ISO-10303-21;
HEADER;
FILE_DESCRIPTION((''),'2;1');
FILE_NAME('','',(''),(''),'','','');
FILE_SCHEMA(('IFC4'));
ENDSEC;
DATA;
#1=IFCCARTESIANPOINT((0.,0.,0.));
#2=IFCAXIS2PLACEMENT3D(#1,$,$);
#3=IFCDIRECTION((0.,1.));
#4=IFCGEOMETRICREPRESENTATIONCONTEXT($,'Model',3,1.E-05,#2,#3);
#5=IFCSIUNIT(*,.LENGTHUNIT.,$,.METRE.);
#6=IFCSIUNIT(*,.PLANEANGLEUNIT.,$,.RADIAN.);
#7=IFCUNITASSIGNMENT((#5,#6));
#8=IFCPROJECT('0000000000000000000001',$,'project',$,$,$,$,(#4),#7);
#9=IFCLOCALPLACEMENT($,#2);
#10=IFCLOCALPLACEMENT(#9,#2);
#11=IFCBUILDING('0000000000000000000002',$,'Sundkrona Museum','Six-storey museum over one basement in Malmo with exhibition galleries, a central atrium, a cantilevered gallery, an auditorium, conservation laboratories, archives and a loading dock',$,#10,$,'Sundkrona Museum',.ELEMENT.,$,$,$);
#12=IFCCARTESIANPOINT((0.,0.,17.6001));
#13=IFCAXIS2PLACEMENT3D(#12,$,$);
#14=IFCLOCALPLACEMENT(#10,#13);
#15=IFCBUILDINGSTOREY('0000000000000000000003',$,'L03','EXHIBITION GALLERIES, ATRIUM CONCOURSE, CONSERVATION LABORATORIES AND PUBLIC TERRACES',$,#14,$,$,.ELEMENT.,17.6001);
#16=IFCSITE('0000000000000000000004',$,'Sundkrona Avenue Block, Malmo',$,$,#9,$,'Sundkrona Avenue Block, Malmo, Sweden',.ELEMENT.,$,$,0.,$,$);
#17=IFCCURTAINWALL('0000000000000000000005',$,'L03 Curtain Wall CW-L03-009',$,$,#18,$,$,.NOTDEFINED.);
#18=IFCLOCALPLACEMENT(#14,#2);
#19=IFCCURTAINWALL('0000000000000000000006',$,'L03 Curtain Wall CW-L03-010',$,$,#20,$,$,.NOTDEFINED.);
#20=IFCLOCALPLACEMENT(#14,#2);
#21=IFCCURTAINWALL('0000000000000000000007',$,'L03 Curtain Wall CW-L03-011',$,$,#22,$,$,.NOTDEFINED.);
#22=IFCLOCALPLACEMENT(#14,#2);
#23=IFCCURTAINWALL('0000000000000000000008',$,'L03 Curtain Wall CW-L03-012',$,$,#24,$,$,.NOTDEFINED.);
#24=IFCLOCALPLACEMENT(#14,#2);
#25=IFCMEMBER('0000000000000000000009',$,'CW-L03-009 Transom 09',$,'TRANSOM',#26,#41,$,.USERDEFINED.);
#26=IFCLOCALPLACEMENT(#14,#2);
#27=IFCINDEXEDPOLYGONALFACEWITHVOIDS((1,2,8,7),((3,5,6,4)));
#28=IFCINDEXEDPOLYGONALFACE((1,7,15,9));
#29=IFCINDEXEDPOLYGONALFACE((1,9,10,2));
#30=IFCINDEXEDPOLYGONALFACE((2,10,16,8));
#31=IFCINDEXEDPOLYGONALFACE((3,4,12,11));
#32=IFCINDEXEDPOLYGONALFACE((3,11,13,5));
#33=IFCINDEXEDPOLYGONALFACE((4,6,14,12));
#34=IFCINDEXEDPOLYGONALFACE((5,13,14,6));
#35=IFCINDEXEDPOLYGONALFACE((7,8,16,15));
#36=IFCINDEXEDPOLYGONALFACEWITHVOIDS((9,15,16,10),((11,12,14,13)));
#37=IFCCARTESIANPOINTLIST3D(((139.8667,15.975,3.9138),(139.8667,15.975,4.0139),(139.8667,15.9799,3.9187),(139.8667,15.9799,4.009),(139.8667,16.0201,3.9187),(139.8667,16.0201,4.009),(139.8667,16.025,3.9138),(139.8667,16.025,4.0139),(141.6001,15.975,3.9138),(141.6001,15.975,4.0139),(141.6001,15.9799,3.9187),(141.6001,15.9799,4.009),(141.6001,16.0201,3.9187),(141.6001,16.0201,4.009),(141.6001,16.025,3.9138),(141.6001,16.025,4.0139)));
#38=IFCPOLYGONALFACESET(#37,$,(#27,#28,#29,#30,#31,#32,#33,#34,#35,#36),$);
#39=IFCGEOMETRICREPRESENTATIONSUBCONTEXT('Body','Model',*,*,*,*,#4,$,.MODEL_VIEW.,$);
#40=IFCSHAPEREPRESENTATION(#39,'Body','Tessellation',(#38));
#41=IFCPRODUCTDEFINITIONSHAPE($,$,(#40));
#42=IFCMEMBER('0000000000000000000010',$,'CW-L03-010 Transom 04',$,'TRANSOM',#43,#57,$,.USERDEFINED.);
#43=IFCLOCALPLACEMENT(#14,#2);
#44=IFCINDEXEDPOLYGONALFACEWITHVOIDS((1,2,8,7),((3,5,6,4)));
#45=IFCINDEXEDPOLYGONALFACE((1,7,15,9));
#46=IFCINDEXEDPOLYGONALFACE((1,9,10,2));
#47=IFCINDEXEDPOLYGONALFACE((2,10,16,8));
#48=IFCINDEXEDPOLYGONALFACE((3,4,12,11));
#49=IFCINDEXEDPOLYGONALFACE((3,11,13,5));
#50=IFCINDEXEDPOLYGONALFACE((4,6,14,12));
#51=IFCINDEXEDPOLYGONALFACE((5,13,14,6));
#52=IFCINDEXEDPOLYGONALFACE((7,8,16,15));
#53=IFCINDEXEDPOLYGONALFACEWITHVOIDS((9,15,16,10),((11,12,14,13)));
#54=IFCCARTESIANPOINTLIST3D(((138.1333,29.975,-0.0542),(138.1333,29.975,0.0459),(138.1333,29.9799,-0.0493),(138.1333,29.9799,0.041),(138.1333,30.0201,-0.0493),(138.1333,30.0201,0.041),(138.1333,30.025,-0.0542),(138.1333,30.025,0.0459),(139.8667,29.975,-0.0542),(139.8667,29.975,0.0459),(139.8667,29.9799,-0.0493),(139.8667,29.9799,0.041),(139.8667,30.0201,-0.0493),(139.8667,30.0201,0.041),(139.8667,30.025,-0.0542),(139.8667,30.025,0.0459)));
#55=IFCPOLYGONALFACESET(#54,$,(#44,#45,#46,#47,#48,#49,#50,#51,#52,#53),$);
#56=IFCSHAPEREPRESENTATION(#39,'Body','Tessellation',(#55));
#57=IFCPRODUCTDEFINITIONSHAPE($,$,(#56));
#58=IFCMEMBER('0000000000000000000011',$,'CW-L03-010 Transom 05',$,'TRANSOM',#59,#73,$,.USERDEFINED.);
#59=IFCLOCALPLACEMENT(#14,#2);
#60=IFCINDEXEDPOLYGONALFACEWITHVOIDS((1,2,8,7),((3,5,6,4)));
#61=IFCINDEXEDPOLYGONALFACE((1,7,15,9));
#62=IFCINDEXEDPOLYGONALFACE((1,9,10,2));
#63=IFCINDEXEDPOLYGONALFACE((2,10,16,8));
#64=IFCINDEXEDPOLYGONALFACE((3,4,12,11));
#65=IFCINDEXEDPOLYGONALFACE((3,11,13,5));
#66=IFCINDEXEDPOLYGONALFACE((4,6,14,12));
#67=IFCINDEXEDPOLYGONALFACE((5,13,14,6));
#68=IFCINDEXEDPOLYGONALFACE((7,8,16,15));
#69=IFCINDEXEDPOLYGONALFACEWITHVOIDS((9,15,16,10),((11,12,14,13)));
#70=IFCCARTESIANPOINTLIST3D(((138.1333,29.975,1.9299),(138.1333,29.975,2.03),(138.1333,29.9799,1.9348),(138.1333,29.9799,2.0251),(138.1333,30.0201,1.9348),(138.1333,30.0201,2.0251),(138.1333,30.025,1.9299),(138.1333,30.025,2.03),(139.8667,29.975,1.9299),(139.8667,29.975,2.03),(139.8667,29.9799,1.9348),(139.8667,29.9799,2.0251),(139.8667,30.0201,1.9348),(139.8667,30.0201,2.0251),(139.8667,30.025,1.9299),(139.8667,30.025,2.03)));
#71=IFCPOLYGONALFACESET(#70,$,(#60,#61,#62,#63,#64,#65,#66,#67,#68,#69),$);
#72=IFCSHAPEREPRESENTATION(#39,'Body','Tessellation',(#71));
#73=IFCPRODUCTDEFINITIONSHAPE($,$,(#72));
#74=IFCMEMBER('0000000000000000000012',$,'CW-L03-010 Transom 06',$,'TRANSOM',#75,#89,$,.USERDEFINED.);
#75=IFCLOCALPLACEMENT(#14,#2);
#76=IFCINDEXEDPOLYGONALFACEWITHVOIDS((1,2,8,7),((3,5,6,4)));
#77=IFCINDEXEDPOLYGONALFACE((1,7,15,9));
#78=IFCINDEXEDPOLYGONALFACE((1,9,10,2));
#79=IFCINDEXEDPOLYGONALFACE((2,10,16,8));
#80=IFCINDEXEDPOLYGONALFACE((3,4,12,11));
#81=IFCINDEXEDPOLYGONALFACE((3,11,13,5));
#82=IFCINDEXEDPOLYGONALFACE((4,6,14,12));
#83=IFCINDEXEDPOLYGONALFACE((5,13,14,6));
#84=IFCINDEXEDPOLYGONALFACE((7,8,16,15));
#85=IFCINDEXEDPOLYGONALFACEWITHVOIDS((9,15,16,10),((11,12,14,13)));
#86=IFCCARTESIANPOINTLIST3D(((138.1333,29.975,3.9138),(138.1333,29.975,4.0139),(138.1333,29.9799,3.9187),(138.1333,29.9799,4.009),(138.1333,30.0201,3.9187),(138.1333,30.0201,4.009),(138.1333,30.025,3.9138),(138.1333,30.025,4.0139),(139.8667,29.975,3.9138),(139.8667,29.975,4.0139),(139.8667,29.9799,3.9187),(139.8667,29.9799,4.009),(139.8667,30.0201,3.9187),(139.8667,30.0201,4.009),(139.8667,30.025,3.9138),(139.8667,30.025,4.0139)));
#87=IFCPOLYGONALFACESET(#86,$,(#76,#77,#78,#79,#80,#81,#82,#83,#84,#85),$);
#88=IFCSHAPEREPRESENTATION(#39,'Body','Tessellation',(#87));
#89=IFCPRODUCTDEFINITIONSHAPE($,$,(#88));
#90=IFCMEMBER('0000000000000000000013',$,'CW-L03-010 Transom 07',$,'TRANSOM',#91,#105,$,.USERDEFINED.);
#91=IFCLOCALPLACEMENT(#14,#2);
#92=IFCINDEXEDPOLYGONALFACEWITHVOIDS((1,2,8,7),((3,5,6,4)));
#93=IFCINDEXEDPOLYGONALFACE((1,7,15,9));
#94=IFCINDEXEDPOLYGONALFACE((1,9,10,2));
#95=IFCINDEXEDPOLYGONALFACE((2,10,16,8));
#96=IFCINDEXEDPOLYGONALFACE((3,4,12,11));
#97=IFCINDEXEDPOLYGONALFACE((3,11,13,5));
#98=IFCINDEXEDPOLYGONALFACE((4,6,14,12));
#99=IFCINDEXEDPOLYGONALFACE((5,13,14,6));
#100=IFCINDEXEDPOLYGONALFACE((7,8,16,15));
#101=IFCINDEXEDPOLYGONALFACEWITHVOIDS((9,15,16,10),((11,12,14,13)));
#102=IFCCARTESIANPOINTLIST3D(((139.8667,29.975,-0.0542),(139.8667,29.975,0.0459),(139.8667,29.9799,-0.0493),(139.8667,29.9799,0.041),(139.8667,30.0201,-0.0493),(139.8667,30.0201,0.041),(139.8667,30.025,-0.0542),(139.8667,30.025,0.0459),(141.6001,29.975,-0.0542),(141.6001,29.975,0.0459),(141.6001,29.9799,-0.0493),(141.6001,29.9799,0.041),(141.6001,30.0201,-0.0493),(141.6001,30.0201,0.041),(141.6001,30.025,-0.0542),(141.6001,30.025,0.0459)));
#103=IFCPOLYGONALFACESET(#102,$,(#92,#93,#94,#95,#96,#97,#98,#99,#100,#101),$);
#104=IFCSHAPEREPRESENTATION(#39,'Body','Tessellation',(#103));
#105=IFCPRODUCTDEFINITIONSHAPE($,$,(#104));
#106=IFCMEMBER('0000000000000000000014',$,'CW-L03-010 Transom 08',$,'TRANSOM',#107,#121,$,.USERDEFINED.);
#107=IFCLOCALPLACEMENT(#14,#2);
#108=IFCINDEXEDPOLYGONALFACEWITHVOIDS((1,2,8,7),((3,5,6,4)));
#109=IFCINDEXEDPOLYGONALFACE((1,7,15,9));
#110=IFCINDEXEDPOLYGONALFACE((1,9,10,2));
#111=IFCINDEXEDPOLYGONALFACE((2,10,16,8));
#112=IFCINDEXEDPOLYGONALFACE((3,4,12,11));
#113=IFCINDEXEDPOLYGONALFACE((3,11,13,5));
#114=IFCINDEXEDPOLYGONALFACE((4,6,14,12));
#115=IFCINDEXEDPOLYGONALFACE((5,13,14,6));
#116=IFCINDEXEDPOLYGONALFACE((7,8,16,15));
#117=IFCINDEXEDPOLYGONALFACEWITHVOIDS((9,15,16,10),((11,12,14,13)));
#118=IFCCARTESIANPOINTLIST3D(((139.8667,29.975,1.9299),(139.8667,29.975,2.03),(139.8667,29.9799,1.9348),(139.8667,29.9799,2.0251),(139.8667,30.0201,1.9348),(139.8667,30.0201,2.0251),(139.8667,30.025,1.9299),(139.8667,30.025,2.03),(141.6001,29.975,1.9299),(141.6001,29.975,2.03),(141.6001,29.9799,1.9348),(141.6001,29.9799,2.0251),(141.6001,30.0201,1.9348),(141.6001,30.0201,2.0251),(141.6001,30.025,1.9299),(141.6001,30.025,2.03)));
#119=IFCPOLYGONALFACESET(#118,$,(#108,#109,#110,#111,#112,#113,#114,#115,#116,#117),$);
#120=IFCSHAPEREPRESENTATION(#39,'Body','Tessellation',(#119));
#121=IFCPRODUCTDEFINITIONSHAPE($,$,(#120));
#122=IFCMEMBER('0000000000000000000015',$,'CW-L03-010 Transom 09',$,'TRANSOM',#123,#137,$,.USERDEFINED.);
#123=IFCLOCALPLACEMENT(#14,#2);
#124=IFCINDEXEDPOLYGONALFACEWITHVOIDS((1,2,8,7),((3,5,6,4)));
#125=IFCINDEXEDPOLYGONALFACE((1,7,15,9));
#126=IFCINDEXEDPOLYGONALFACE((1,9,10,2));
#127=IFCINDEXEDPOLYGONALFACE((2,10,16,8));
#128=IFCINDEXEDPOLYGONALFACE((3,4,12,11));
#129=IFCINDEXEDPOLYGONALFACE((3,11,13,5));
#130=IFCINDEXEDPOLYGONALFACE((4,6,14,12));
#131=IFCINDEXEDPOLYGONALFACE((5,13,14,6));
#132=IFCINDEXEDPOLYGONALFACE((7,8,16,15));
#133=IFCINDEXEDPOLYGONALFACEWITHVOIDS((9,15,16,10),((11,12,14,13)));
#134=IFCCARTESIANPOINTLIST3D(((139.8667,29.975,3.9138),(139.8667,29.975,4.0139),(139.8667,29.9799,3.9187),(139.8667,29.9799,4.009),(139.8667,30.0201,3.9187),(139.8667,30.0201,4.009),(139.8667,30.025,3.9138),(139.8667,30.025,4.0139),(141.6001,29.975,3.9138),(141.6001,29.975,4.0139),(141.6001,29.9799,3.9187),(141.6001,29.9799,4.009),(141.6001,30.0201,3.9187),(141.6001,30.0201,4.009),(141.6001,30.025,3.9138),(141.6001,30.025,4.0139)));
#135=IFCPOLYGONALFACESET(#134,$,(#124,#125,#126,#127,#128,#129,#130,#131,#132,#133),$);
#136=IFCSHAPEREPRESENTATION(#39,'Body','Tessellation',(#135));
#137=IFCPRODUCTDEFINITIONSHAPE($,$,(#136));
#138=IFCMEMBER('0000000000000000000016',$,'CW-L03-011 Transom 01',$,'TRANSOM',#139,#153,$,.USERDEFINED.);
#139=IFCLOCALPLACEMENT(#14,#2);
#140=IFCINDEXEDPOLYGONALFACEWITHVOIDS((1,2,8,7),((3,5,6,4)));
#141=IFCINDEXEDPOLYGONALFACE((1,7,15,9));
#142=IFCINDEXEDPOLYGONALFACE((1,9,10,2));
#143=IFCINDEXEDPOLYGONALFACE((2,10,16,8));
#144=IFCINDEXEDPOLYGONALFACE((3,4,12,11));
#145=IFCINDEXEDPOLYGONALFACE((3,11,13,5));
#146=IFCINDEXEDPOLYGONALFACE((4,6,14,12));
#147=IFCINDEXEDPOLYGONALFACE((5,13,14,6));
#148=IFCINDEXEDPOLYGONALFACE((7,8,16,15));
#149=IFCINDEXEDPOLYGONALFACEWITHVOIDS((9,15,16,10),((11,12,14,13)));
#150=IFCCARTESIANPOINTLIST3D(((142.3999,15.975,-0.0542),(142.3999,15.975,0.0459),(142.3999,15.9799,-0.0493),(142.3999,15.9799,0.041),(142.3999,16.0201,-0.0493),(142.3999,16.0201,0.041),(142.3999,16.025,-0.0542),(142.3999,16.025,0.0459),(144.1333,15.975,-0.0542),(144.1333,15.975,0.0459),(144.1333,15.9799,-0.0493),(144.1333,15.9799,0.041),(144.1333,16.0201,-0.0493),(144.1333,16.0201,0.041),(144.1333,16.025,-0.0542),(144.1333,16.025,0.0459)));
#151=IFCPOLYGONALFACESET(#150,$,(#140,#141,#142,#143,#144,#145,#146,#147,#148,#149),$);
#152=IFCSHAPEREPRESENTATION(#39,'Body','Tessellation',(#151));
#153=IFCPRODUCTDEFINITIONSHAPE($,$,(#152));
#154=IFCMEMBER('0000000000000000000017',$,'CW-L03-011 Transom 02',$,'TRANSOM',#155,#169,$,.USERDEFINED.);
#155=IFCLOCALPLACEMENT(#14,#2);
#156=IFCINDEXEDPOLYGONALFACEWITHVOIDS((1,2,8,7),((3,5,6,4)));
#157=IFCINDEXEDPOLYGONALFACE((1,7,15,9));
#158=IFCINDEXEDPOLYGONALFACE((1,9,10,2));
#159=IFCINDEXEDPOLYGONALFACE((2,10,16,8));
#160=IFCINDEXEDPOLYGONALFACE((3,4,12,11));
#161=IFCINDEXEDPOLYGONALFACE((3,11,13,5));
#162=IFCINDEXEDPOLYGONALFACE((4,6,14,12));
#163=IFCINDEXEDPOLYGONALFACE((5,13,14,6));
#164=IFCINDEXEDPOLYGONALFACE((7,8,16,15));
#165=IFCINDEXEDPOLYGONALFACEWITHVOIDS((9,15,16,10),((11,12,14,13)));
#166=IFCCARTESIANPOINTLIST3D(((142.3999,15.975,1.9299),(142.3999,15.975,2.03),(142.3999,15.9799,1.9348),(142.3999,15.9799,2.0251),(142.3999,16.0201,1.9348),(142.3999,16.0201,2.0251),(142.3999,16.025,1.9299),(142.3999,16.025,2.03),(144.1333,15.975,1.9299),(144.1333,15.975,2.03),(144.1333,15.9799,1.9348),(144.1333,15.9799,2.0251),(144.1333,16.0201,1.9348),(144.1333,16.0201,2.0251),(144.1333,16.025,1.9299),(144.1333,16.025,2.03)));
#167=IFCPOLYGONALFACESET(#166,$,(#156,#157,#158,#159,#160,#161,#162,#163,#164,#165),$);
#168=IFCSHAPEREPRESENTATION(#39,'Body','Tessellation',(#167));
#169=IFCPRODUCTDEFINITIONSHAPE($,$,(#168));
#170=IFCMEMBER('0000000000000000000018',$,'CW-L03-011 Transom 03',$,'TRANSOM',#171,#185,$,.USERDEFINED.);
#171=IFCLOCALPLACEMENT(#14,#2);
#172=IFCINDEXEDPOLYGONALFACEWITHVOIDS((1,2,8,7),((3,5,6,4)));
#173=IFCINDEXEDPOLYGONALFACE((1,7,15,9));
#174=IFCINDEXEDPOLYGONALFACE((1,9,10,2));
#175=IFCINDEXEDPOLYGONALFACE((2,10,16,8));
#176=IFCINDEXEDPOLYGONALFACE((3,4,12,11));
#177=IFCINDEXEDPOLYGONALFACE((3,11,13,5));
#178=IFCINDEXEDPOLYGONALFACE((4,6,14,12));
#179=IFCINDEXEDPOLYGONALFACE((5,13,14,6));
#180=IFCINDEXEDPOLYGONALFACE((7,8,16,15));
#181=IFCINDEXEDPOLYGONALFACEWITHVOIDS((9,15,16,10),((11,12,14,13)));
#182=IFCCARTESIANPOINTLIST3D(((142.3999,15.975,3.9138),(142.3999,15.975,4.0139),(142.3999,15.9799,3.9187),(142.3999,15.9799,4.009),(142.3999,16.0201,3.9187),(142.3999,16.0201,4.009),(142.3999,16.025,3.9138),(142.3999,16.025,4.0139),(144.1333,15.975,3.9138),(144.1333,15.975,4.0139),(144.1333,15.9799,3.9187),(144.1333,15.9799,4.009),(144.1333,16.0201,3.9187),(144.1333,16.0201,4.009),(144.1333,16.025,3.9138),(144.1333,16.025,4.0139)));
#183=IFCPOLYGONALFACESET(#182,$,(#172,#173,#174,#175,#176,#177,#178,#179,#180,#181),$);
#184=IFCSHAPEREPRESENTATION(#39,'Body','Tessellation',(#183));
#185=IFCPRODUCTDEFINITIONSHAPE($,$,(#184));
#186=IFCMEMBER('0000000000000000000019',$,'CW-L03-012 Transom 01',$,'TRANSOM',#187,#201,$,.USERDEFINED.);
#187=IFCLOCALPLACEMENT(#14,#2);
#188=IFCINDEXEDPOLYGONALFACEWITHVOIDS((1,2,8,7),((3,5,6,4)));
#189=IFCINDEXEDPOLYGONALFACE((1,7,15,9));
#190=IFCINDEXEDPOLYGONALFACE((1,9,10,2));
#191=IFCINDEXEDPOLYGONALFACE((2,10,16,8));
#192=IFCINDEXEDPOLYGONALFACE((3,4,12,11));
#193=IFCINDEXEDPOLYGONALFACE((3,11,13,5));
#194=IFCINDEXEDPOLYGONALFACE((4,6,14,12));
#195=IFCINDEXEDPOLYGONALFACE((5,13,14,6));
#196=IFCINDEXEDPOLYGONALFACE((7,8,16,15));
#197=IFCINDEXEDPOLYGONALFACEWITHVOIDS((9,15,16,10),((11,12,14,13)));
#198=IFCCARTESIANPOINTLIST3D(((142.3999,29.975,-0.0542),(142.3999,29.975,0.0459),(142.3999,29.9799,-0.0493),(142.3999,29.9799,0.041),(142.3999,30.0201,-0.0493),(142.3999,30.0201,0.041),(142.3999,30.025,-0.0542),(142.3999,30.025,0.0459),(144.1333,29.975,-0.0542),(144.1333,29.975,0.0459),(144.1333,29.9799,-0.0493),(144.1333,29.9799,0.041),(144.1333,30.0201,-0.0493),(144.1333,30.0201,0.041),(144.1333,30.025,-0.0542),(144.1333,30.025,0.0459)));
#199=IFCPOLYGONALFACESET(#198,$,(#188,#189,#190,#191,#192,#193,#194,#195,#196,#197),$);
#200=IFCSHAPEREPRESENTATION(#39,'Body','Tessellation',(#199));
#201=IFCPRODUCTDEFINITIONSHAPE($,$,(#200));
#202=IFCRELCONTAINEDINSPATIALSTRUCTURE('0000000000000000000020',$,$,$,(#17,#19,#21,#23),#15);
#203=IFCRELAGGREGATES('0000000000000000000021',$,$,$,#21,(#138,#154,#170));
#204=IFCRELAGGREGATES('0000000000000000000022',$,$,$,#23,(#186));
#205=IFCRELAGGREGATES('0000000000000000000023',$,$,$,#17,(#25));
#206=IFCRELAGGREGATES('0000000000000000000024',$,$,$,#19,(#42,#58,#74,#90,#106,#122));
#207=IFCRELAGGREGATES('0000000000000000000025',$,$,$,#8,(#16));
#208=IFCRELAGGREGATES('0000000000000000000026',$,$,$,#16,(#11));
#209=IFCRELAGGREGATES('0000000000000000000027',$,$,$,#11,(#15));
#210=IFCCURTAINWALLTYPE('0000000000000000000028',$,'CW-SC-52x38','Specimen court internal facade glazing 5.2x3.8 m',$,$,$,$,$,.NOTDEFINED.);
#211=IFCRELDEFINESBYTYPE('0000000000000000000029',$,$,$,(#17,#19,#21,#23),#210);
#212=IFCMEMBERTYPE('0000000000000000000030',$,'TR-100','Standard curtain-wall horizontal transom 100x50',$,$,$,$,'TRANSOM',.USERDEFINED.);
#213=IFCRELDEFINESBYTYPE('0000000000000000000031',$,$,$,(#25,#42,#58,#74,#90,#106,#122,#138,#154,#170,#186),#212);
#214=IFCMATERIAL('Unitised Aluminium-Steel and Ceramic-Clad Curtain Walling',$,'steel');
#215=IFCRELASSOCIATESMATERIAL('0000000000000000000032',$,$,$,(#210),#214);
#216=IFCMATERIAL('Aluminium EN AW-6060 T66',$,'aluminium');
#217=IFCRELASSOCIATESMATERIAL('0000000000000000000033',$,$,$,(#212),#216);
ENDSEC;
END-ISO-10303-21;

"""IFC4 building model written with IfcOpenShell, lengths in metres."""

from ifc_helpers import new_model, si_unit, direction, frame, origin, origin_2d, place, context, subcontext, project, spatial, hollow_rectangle, extrude, material, material_profile, profile_set, type_object, element, aggregate, save


model = new_model("IFC4")

# Units and contexts
model_context = context("Model", 3, precision=1e-05, world=origin(), true_north=direction((0.0, 1.0)))
body_context = subcontext(model_context, "Body", "Model", "MODEL_VIEW")
ifc_project = project(units=[si_unit("LENGTHUNIT", "METRE"), si_unit("PLANEANGLEUNIT", "RADIAN")], contexts=[model_context])

# Site, building, storey
site_placement = place(None, origin())
site = spatial("IfcSite", under=ifc_project, at=site_placement, Name="Sundkrona Avenue Block, Malmo", LongName="Sundkrona Avenue Block, Malmo, Sweden", CompositionType="ELEMENT", RefElevation=0.0)
building_placement = place(site_placement, origin())
building = spatial("IfcBuilding", under=site, at=building_placement, Name="Sundkrona Museum", Description="Six-storey museum over one basement in Malmo with exhibition galleries, a central atrium, a cantilevered gallery, an auditorium, conservation laboratories, archives and a loading dock", LongName="Sundkrona Museum", CompositionType="ELEMENT")
storey_placement = place(building_placement, frame((0.0, 0.0, 17.6001)))
storey = spatial("IfcBuildingStorey", under=building, at=storey_placement, Name="L03", Description="EXHIBITION GALLERIES, ATRIUM CONCOURSE, CONSERVATION LABORATORIES AND PUBLIC TERRACES", CompositionType="ELEMENT", Elevation=17.6001)

# Curtain walls
ifc_material_1 = material(Name="Unitised Aluminium-Steel and Ceramic-Clad Curtain Walling", Category="steel")
curtain_wall_type = type_object("IfcCurtainWallType", Name="CW-SC-52x38", Description="Specimen court internal facade glazing 5.2x3.8 m", PredefinedType="NOTDEFINED", material=ifc_material_1)
curtain_wall_1_placement = place(storey_placement, origin())
curtain_wall_1 = element("IfcCurtainWall", 1, at=curtain_wall_1_placement, inside=storey, type_object=curtain_wall_type, Name="L03 Curtain Wall CW-L03-009", PredefinedType="NOTDEFINED")
ifc_material_2 = material(Name="Aluminium EN AW-6060 T66", Category="aluminium")
curtain_wall_2_placement = place(storey_placement, origin())
curtain_wall_2 = element("IfcCurtainWall", 2, at=curtain_wall_2_placement, inside=storey, type_object=curtain_wall_type, Name="L03 Curtain Wall CW-L03-010", PredefinedType="NOTDEFINED")

# Curtain walls
curtain_wall_3_placement = place(storey_placement, origin())
curtain_wall_3 = element("IfcCurtainWall", 3, at=curtain_wall_3_placement, inside=storey, type_object=curtain_wall_type, Name="L03 Curtain Wall CW-L03-011", PredefinedType="NOTDEFINED")
curtain_wall_4_placement = place(storey_placement, origin())
curtain_wall_4 = element("IfcCurtainWall", 4, at=curtain_wall_4_placement, inside=storey, type_object=curtain_wall_type, Name="L03 Curtain Wall CW-L03-012", PredefinedType="NOTDEFINED")

# Members
ifc_material_profile_1 = material_profile(ifc_material_2, hollow_rectangle(XDim=0.05, YDim=0.1001, WallThickness=0.0049, at=origin_2d()), Name="RHS 100x50x5.0")
ifc_profile_set_1 = profile_set([ifc_material_profile_1], Name="Aluminium EN AW-6060 T66")
member_type_1 = type_object("IfcMemberType", Name="TR-100", Description="Standard curtain-wall horizontal transom 100x50", ElementType="TRANSOM", PredefinedType="USERDEFINED", material=ifc_profile_set_1)
member_1_placement = place(storey_placement, frame((139.8667, 16.0, 3.9639), z_axis=(1.0, 0.0, 0.0), x_axis=(0.0, 1.0, 0.0)))
member_1 = element("IfcMember", 5, at=member_1_placement, type_object=member_type_1, Name="CW-L03-009 Transom 09", ObjectType="TRANSOM", PredefinedType="USERDEFINED", context=body_context, shape_type="SweptSolid", body=[
    extrude(hollow_rectangle(XDim=0.05, YDim=0.1001, WallThickness=0.0049, at=origin_2d()), origin(), (0.0, 0.0, 1.0), 1.7334),
])
member_2_placement = place(storey_placement, frame((138.1333, 30.0, -0.0042), z_axis=(1.0, 0.0, 0.0), x_axis=(0.0, 1.0, 0.0)))
member_2 = element("IfcMember", 6, at=member_2_placement, type_object=member_type_1, Name="CW-L03-010 Transom 04", ObjectType="TRANSOM", PredefinedType="USERDEFINED", context=body_context, shape_type="SweptSolid", body=[
    extrude(hollow_rectangle(XDim=0.05, YDim=0.1001, WallThickness=0.0049, at=origin_2d()), origin(), (0.0, 0.0, 1.0), 1.7334),
])
member_3_placement = place(storey_placement, frame((138.1333, 30.0, 1.98), z_axis=(1.0, 0.0, 0.0), x_axis=(0.0, 1.0, 0.0)))
member_3 = element("IfcMember", 7, at=member_3_placement, type_object=member_type_1, Name="CW-L03-010 Transom 05", ObjectType="TRANSOM", PredefinedType="USERDEFINED", context=body_context, shape_type="SweptSolid", body=[
    extrude(hollow_rectangle(XDim=0.05, YDim=0.1001, WallThickness=0.0049, at=origin_2d()), origin(), (0.0, 0.0, 1.0), 1.7334),
])
member_4_placement = place(storey_placement, frame((138.1333, 30.0, 3.9639), z_axis=(1.0, 0.0, 0.0), x_axis=(0.0, 1.0, 0.0)))
member_4 = element("IfcMember", 8, at=member_4_placement, type_object=member_type_1, Name="CW-L03-010 Transom 06", ObjectType="TRANSOM", PredefinedType="USERDEFINED", context=body_context, shape_type="SweptSolid", body=[
    extrude(hollow_rectangle(XDim=0.05, YDim=0.1001, WallThickness=0.0049, at=origin_2d()), origin(), (0.0, 0.0, 1.0), 1.7334),
])
member_5_placement = place(storey_placement, frame((139.8667, 30.0, -0.0042), z_axis=(1.0, 0.0, 0.0), x_axis=(0.0, 1.0, 0.0)))
member_5 = element("IfcMember", 9, at=member_5_placement, type_object=member_type_1, Name="CW-L03-010 Transom 07", ObjectType="TRANSOM", PredefinedType="USERDEFINED", context=body_context, shape_type="SweptSolid", body=[
    extrude(hollow_rectangle(XDim=0.05, YDim=0.1001, WallThickness=0.0049, at=origin_2d()), origin(), (0.0, 0.0, 1.0), 1.7334),
])
member_6_placement = place(storey_placement, frame((139.8667, 30.0, 1.98), z_axis=(1.0, 0.0, 0.0), x_axis=(0.0, 1.0, 0.0)))
member_6 = element("IfcMember", 10, at=member_6_placement, type_object=member_type_1, Name="CW-L03-010 Transom 08", ObjectType="TRANSOM", PredefinedType="USERDEFINED", context=body_context, shape_type="SweptSolid", body=[
    extrude(hollow_rectangle(XDim=0.05, YDim=0.1001, WallThickness=0.0049, at=origin_2d()), origin(), (0.0, 0.0, 1.0), 1.7334),
])
member_7_placement = place(storey_placement, frame((139.8667, 30.0, 3.9639), z_axis=(1.0, 0.0, 0.0), x_axis=(0.0, 1.0, 0.0)))
member_7 = element("IfcMember", 11, at=member_7_placement, type_object=member_type_1, Name="CW-L03-010 Transom 09", ObjectType="TRANSOM", PredefinedType="USERDEFINED", context=body_context, shape_type="SweptSolid", body=[
    extrude(hollow_rectangle(XDim=0.05, YDim=0.1001, WallThickness=0.0049, at=origin_2d()), origin(), (0.0, 0.0, 1.0), 1.7334),
])
member_8_placement = place(storey_placement, frame((142.3999, 16.0, -0.0042), z_axis=(1.0, 0.0, 0.0), x_axis=(0.0, 1.0, 0.0)))
member_8 = element("IfcMember", 12, at=member_8_placement, type_object=member_type_1, Name="CW-L03-011 Transom 01", ObjectType="TRANSOM", PredefinedType="USERDEFINED", context=body_context, shape_type="SweptSolid", body=[
    extrude(hollow_rectangle(XDim=0.05, YDim=0.1001, WallThickness=0.0049, at=origin_2d()), origin(), (0.0, 0.0, 1.0), 1.7334),
])
member_9_placement = place(storey_placement, frame((142.3999, 16.0, 1.98), z_axis=(1.0, 0.0, 0.0), x_axis=(0.0, 1.0, 0.0)))
member_9 = element("IfcMember", 13, at=member_9_placement, type_object=member_type_1, Name="CW-L03-011 Transom 02", ObjectType="TRANSOM", PredefinedType="USERDEFINED", context=body_context, shape_type="SweptSolid", body=[
    extrude(hollow_rectangle(XDim=0.05, YDim=0.1001, WallThickness=0.0049, at=origin_2d()), origin(), (0.0, 0.0, 1.0), 1.7334),
])
member_10_placement = place(storey_placement, frame((142.3999, 16.0, 3.9639), z_axis=(1.0, 0.0, 0.0), x_axis=(0.0, 1.0, 0.0)))
member_10 = element("IfcMember", 14, at=member_10_placement, type_object=member_type_1, Name="CW-L03-011 Transom 03", ObjectType="TRANSOM", PredefinedType="USERDEFINED", context=body_context, shape_type="SweptSolid", body=[
    extrude(hollow_rectangle(XDim=0.05, YDim=0.1001, WallThickness=0.0049, at=origin_2d()), origin(), (0.0, 0.0, 1.0), 1.7334),
])
aggregate(curtain_wall_3, [member_8, member_9, member_10])
member_11_placement = place(storey_placement, frame((142.3999, 30.0, -0.0042), z_axis=(1.0, 0.0, 0.0), x_axis=(0.0, 1.0, 0.0)))
member_11 = element("IfcMember", 15, at=member_11_placement, type_object=member_type_1, Name="CW-L03-012 Transom 01", ObjectType="TRANSOM", PredefinedType="USERDEFINED", context=body_context, shape_type="SweptSolid", body=[
    extrude(hollow_rectangle(XDim=0.05, YDim=0.1001, WallThickness=0.0049, at=origin_2d()), origin(), (0.0, 0.0, 1.0), 1.7334),
])
aggregate(curtain_wall_4, [member_11])

aggregate(curtain_wall_1, [member_1])
aggregate(curtain_wall_2, [member_2, member_3, member_4, member_5, member_6, member_7])

save(model, "model.ifc")
